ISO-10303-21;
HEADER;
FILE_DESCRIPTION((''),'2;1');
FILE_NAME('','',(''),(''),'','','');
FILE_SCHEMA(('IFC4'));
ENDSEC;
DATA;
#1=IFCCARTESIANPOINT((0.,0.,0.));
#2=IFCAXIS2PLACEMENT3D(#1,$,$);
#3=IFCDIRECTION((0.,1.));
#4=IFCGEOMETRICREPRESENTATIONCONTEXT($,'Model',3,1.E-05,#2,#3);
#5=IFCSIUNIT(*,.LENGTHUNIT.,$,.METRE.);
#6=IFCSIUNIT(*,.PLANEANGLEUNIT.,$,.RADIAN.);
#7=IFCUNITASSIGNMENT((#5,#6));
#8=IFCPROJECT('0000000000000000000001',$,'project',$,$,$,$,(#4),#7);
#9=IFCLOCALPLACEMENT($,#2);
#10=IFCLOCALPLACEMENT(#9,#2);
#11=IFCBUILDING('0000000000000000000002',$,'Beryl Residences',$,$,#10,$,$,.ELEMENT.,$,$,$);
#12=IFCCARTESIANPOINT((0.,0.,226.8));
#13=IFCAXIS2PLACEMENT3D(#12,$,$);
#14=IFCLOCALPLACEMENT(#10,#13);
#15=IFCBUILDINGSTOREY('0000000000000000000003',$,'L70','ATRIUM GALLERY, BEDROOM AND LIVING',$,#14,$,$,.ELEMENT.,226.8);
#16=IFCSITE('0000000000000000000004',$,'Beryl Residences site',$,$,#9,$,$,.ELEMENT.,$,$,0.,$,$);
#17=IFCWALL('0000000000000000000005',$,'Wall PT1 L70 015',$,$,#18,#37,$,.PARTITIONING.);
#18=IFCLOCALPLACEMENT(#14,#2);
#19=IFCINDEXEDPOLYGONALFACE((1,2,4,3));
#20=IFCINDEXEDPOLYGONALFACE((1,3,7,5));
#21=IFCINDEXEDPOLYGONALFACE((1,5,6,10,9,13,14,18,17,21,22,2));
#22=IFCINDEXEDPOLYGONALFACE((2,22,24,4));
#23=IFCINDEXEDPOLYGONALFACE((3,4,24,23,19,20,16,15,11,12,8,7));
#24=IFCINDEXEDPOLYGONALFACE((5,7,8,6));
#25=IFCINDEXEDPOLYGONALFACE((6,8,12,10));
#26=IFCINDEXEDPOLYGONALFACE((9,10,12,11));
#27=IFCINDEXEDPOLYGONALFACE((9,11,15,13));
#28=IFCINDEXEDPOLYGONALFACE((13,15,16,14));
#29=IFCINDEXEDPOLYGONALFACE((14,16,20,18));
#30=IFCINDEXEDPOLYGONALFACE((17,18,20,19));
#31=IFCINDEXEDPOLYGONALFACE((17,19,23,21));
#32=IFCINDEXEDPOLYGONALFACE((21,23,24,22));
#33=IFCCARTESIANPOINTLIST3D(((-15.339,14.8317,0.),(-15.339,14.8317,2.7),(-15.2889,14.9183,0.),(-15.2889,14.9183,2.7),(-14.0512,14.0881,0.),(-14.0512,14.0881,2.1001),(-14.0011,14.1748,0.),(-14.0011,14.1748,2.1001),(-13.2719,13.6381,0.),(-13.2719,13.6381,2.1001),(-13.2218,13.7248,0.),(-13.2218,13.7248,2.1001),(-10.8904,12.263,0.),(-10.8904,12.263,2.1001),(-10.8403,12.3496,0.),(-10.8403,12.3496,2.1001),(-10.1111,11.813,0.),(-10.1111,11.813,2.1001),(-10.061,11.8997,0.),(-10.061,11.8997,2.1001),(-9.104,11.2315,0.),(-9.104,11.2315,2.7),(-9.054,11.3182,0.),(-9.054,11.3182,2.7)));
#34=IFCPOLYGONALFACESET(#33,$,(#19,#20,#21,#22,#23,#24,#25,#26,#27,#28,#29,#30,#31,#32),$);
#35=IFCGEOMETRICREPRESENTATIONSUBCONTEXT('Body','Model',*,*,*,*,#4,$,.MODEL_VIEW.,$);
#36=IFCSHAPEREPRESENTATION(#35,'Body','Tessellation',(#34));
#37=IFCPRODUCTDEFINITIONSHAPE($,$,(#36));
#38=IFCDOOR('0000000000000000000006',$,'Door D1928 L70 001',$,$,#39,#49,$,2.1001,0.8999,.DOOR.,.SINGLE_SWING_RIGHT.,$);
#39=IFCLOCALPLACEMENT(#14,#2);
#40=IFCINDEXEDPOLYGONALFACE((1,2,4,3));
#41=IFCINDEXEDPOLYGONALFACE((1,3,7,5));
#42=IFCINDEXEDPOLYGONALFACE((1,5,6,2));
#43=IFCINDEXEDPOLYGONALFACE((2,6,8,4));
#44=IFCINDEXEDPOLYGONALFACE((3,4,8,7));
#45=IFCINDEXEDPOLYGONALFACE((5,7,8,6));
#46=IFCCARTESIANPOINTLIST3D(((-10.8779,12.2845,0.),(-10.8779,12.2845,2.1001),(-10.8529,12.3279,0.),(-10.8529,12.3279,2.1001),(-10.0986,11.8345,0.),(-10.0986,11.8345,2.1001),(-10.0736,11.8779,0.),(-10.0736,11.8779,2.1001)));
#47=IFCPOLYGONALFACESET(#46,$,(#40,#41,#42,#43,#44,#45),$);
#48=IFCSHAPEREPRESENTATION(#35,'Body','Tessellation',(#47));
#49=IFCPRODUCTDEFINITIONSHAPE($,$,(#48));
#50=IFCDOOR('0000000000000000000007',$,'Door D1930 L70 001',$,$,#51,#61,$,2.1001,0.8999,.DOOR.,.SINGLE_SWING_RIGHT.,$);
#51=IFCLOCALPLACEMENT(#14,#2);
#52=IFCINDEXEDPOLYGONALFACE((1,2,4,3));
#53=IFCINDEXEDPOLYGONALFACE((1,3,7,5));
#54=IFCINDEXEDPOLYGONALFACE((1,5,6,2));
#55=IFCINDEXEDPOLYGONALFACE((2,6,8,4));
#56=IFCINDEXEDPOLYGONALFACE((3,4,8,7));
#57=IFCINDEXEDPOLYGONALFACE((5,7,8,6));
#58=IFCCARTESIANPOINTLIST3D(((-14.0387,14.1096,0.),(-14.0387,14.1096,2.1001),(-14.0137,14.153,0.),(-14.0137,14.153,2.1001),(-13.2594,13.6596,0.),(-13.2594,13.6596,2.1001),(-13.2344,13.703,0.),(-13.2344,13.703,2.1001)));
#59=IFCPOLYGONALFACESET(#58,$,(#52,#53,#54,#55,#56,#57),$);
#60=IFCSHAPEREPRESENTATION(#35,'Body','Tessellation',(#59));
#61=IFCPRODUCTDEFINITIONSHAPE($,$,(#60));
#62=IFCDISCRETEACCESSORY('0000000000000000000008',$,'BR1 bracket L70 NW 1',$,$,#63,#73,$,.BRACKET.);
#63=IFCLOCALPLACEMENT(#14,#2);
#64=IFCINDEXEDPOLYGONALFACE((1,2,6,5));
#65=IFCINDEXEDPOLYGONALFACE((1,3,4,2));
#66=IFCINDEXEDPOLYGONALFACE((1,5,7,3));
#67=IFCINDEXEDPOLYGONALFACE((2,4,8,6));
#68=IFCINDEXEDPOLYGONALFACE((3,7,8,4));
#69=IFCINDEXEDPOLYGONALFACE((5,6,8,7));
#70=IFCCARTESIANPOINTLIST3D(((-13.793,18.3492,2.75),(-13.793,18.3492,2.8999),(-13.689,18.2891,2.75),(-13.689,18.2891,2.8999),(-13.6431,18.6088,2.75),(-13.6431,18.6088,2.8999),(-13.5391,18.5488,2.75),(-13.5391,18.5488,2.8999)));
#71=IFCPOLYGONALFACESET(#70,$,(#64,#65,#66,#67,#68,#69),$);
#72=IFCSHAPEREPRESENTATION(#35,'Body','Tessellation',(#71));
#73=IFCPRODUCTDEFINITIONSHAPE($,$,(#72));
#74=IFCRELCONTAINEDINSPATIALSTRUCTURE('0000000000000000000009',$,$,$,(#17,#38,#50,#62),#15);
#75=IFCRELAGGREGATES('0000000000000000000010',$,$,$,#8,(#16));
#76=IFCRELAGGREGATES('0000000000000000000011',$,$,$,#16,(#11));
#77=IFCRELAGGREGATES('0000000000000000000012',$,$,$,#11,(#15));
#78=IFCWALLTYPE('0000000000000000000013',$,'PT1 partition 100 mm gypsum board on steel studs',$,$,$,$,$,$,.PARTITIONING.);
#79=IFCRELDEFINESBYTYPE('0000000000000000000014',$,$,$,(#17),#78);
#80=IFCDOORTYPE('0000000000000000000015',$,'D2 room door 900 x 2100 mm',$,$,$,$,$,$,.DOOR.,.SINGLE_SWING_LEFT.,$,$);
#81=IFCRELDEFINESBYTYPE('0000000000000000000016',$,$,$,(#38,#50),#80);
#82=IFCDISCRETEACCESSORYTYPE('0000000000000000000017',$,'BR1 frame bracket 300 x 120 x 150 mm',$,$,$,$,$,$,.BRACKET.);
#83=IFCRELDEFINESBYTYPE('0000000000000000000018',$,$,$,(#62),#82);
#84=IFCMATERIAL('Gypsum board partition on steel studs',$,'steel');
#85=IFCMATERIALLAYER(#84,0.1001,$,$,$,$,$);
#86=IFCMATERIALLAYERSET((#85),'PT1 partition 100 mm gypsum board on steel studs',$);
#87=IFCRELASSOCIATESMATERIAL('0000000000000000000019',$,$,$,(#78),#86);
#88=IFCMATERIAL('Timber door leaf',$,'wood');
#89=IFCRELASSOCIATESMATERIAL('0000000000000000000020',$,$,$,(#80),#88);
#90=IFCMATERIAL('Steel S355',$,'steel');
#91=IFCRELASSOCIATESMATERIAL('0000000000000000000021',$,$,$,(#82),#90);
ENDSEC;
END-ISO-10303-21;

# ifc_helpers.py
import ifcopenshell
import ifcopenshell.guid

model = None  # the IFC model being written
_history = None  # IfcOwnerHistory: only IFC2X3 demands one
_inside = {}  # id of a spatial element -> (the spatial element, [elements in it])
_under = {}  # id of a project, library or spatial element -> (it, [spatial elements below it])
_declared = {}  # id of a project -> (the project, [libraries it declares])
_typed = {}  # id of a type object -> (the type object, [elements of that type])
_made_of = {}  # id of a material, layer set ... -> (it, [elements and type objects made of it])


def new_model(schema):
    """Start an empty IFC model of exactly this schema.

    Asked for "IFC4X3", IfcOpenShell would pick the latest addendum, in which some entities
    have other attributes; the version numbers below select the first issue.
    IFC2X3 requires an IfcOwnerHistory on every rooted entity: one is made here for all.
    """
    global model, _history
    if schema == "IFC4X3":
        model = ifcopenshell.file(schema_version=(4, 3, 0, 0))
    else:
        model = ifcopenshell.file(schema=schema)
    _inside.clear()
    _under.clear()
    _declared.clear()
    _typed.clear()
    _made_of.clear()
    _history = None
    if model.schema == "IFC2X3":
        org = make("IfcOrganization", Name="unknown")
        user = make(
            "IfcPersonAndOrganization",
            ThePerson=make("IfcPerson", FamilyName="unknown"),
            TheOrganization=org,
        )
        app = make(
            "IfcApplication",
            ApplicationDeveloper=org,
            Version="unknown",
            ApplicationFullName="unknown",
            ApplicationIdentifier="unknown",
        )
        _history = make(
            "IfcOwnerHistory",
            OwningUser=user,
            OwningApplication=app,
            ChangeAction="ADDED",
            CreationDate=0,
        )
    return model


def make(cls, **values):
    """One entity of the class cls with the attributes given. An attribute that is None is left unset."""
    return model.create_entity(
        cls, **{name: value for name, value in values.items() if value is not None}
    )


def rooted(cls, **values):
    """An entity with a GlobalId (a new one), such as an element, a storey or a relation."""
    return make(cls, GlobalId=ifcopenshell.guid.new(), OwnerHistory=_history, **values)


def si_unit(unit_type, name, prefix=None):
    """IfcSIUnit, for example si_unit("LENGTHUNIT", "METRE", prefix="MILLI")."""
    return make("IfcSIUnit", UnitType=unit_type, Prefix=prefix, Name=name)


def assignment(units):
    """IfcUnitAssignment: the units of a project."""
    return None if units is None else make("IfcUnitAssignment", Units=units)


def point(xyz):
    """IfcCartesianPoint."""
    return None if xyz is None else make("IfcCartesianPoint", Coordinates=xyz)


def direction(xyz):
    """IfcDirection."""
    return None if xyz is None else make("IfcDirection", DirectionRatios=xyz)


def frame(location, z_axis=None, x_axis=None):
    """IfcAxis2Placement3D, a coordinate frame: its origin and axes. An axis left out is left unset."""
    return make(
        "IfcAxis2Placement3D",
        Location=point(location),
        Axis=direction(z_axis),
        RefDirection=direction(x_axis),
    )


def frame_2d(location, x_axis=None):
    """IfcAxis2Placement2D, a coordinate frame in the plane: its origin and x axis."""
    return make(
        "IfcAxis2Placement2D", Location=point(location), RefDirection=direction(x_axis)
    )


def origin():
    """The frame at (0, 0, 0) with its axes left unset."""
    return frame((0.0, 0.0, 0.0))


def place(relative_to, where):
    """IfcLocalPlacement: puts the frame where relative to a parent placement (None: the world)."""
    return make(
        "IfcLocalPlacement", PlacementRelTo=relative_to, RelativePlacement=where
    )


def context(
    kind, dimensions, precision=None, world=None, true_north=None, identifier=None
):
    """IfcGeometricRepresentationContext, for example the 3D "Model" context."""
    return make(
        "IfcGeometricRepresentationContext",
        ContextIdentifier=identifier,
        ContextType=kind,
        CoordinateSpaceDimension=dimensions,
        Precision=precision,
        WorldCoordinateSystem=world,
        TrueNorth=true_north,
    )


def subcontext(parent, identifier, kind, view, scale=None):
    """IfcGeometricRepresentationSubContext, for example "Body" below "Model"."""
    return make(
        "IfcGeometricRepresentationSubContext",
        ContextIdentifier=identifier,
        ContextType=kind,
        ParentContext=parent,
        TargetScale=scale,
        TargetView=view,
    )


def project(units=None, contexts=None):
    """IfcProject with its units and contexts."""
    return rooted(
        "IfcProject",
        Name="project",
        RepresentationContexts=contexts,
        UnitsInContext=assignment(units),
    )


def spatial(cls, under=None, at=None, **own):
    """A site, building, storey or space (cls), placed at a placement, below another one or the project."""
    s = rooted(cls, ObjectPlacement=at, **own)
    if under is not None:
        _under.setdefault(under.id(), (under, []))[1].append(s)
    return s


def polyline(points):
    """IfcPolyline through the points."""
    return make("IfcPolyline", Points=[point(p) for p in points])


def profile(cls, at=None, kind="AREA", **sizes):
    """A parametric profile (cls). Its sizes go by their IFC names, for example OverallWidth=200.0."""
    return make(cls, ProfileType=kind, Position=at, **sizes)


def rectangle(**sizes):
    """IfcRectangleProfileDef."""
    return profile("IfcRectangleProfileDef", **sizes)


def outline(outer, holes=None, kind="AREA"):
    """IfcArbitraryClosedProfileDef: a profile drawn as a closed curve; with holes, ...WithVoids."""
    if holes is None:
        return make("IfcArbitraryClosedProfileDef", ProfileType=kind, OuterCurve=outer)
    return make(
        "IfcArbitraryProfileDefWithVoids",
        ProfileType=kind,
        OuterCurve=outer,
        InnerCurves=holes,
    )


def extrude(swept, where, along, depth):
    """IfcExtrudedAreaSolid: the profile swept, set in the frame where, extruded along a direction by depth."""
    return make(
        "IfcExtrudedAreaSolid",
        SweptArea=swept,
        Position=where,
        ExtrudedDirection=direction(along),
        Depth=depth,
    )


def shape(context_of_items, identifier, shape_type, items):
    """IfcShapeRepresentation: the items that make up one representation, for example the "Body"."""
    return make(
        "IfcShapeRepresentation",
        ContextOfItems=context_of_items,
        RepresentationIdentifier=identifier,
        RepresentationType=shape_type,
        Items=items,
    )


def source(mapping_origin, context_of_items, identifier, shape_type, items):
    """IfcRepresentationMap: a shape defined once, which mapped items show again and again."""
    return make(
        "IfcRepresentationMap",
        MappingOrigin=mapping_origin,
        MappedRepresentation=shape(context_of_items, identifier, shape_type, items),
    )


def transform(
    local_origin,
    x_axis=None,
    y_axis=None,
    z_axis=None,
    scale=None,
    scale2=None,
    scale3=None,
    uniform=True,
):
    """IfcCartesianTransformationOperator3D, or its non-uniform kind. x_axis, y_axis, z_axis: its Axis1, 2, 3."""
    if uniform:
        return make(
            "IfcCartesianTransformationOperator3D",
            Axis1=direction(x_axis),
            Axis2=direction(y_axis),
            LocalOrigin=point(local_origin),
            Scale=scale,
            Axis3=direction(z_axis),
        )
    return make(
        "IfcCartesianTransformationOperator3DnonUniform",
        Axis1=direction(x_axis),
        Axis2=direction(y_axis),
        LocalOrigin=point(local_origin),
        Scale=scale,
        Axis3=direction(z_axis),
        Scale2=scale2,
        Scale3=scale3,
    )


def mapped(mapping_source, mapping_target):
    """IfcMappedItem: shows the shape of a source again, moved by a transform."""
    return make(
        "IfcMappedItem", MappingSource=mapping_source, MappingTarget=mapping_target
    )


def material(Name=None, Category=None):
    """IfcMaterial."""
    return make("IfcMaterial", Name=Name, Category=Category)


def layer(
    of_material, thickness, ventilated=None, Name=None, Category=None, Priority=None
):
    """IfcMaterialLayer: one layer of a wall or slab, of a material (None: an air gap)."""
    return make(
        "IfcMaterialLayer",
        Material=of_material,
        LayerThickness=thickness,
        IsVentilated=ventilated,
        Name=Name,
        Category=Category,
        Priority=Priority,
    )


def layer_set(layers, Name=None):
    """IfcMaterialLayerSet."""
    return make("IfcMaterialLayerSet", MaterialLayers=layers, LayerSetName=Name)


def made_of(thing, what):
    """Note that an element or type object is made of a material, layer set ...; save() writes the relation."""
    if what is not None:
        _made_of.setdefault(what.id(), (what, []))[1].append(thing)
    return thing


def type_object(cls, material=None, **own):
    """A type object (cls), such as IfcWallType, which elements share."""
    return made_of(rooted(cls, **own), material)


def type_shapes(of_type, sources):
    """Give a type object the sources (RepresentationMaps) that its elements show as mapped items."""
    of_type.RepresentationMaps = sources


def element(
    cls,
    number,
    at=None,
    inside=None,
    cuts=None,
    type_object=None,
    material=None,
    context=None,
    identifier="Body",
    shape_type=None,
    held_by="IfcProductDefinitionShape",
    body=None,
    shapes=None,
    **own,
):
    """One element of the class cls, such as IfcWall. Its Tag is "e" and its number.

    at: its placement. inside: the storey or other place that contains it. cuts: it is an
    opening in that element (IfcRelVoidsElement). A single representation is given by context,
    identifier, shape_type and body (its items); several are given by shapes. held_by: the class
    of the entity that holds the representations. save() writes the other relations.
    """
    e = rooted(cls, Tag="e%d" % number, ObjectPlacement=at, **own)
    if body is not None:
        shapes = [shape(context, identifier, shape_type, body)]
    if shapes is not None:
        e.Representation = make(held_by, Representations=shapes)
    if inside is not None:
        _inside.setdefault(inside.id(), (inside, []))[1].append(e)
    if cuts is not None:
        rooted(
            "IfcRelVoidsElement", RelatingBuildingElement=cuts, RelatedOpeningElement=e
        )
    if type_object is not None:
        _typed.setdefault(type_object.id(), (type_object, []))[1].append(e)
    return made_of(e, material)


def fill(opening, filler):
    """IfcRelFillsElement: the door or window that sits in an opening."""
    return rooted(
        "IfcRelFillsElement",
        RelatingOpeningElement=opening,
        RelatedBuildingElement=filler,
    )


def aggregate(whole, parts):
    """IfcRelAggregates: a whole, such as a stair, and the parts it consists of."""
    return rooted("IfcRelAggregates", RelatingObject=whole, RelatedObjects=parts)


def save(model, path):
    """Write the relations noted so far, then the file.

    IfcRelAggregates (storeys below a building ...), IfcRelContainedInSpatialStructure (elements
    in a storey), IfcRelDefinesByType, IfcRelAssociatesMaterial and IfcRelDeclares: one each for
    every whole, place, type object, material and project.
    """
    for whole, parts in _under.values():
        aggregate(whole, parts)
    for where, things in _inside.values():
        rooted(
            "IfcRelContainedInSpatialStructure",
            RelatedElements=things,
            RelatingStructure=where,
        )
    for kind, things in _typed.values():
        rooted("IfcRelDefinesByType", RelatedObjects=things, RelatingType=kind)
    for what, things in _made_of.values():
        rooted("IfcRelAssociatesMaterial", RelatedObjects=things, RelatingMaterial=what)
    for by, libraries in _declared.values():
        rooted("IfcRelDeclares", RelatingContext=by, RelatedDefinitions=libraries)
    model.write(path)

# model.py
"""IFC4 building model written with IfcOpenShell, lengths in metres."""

from ifc_helpers import new_model, si_unit, direction, frame, frame_2d, origin, place, context, subcontext, project, spatial, polyline, rectangle, outline, extrude, source, transform, mapped, material, layer, layer_set, type_object, type_shapes, element, fill, save


model = new_model("IFC4")

# Units and contexts
model_context = context("Model", 3, precision=1e-05, world=origin(), true_north=direction((0.0, 1.0)))
body_context = subcontext(model_context, "Body", "Model", "MODEL_VIEW")
ifc_project = project(units=[si_unit("LENGTHUNIT", "METRE"), si_unit("PLANEANGLEUNIT", "RADIAN")], contexts=[model_context])

# Site, building, storey
site_placement = place(None, origin())
site = spatial("IfcSite", under=ifc_project, at=site_placement, Name="Beryl Residences site", CompositionType="ELEMENT", RefElevation=0.0)
building_placement = place(site_placement, origin())
building = spatial("IfcBuilding", under=site, at=building_placement, Name="Beryl Residences", CompositionType="ELEMENT")
storey_placement = place(building_placement, frame((0.0, 0.0, 226.8)))
storey = spatial("IfcBuildingStorey", under=building, at=storey_placement, Name="L70", Description="ATRIUM GALLERY, BEDROOM AND LIVING", CompositionType="ELEMENT", Elevation=226.8)

# Wall, openings, doors
ifc_material_1 = material(Name="Gypsum board partition on steel studs", Category="steel")
ifc_layer_1 = layer(ifc_material_1, 0.1001)
ifc_layer_set_1 = layer_set([ifc_layer_1], Name="PT1 partition 100 mm gypsum board on steel studs")
wall_type_1 = type_object("IfcWallType", Name="PT1 partition 100 mm gypsum board on steel studs", PredefinedType="PARTITIONING", material=ifc_layer_set_1)
wall_1_placement = place(storey_placement, frame((-15.314, 14.875, 0.0), z_axis=(0.0, 0.0, 1.0), x_axis=(0.866001, -0.500041, 0.0)))
wall_1 = element("IfcWall", 1, at=wall_1_placement, inside=storey, type_object=wall_type_1, Name="Wall PT1 L70 015", PredefinedType="PARTITIONING", context=body_context, shape_type="SweptSolid", body=[
    extrude(rectangle(XDim=7.1997, YDim=0.1001, at=frame_2d((3.5999, 0.0))), origin(), (0.0, 0.0, 1.0), 2.7),
])
opening_1_placement = place(wall_1_placement, frame((5.137, 0.0, 0.0)))
opening_1 = element("IfcOpeningElement", 2, at=opening_1_placement, cuts=wall_1, PredefinedType="OPENING", context=body_context, shape_type="SweptSolid", body=[
    extrude(rectangle(XDim=0.8999, YDim=2.1001, at=frame_2d((0.45, 1.05))), frame((0.0, 0.0601, 0.0), z_axis=(0.0, -1.0, 0.0), x_axis=(1.0, 0.0, 0.0)), (0.0, 0.0, 1.0), 0.1201),
])
opening_2_placement = place(wall_1_placement, frame((1.4871, 0.0, 0.0)))
opening_2 = element("IfcOpeningElement", 3, at=opening_2_placement, cuts=wall_1, PredefinedType="OPENING", context=body_context, shape_type="SweptSolid", body=[
    extrude(rectangle(XDim=0.8999, YDim=2.1001, at=frame_2d((0.45, 1.05))), frame((0.0, 0.0601, 0.0), z_axis=(0.0, -1.0, 0.0), x_axis=(1.0, 0.0, 0.0)), (0.0, 0.0, 1.0), 0.1201),
])
ifc_material_2 = material(Name="Timber door leaf", Category="wood")
door_type = type_object("IfcDoorType", Name="D2 room door 900 x 2100 mm", OperationType="SINGLE_SWING_LEFT", PredefinedType="DOOR", material=ifc_material_2)
door_1_placement = place(opening_1_placement, origin())
door_1 = element("IfcDoor", 4, at=door_1_placement, inside=storey, type_object=door_type, Name="Door D1928 L70 001", OperationType="SINGLE_SWING_RIGHT", OverallHeight=2.1001, OverallWidth=0.8999, PredefinedType="DOOR", context=body_context, shape_type="SweptSolid", body=[
    extrude(rectangle(XDim=0.8999, YDim=2.1001, at=frame_2d((0.45, 1.05))), frame((0.0, 0.0249, 0.0), z_axis=(0.0, -1.0, 0.0), x_axis=(1.0, 0.0, 0.0)), (0.0, 0.0, 1.0), 0.05),
])
fill(opening_1, door_1)
door_2_placement = place(opening_2_placement, origin())
door_2 = element("IfcDoor", 5, at=door_2_placement, inside=storey, type_object=door_type, Name="Door D1930 L70 001", OperationType="SINGLE_SWING_RIGHT", OverallHeight=2.1001, OverallWidth=0.8999, PredefinedType="DOOR", context=body_context, shape_type="SweptSolid", body=[
    extrude(rectangle(XDim=0.8999, YDim=2.1001, at=frame_2d((0.45, 1.05))), frame((0.0, 0.0249, 0.0), z_axis=(0.0, -1.0, 0.0), x_axis=(1.0, 0.0, 0.0)), (0.0, 0.0, 1.0), 0.05),
])
fill(opening_2, door_2)

# Discrete accessory
ifc_material_3 = material(Name="Steel S355", Category="steel")
discrete_accessory_type = type_object("IfcDiscreteAccessoryType", Name="BR1 frame bracket 300 x 120 x 150 mm", PredefinedType="BRACKET", material=ifc_material_3)
shared_shape_1 = source(origin(), body_context, "Body", "SweptSolid", [
    extrude(outline(polyline([(-0.1499, 0.0), (0.1499, 0.0), (0.1499, 0.1201), (-0.1499, 0.1201), (-0.1499, 0.0)])), origin(), (0.0, 0.0, 1.0), 0.1499),
])
type_shapes(discrete_accessory_type, [shared_shape_1])
discrete_accessory_placement = place(storey_placement, frame((-13.614, 18.4189, 2.75), z_axis=(0.0, 0.0, 1.0), x_axis=(0.5, 0.866025, 0.0)))
element("IfcDiscreteAccessory", 6, at=discrete_accessory_placement, inside=storey, type_object=discrete_accessory_type, Name="BR1 bracket L70 NW 1", PredefinedType="BRACKET", context=body_context, shape_type="MappedRepresentation", body=[
    mapped(shared_shape_1, transform((0.0, 0.0, 0.0))),
])

save(model, "model.ifc")
